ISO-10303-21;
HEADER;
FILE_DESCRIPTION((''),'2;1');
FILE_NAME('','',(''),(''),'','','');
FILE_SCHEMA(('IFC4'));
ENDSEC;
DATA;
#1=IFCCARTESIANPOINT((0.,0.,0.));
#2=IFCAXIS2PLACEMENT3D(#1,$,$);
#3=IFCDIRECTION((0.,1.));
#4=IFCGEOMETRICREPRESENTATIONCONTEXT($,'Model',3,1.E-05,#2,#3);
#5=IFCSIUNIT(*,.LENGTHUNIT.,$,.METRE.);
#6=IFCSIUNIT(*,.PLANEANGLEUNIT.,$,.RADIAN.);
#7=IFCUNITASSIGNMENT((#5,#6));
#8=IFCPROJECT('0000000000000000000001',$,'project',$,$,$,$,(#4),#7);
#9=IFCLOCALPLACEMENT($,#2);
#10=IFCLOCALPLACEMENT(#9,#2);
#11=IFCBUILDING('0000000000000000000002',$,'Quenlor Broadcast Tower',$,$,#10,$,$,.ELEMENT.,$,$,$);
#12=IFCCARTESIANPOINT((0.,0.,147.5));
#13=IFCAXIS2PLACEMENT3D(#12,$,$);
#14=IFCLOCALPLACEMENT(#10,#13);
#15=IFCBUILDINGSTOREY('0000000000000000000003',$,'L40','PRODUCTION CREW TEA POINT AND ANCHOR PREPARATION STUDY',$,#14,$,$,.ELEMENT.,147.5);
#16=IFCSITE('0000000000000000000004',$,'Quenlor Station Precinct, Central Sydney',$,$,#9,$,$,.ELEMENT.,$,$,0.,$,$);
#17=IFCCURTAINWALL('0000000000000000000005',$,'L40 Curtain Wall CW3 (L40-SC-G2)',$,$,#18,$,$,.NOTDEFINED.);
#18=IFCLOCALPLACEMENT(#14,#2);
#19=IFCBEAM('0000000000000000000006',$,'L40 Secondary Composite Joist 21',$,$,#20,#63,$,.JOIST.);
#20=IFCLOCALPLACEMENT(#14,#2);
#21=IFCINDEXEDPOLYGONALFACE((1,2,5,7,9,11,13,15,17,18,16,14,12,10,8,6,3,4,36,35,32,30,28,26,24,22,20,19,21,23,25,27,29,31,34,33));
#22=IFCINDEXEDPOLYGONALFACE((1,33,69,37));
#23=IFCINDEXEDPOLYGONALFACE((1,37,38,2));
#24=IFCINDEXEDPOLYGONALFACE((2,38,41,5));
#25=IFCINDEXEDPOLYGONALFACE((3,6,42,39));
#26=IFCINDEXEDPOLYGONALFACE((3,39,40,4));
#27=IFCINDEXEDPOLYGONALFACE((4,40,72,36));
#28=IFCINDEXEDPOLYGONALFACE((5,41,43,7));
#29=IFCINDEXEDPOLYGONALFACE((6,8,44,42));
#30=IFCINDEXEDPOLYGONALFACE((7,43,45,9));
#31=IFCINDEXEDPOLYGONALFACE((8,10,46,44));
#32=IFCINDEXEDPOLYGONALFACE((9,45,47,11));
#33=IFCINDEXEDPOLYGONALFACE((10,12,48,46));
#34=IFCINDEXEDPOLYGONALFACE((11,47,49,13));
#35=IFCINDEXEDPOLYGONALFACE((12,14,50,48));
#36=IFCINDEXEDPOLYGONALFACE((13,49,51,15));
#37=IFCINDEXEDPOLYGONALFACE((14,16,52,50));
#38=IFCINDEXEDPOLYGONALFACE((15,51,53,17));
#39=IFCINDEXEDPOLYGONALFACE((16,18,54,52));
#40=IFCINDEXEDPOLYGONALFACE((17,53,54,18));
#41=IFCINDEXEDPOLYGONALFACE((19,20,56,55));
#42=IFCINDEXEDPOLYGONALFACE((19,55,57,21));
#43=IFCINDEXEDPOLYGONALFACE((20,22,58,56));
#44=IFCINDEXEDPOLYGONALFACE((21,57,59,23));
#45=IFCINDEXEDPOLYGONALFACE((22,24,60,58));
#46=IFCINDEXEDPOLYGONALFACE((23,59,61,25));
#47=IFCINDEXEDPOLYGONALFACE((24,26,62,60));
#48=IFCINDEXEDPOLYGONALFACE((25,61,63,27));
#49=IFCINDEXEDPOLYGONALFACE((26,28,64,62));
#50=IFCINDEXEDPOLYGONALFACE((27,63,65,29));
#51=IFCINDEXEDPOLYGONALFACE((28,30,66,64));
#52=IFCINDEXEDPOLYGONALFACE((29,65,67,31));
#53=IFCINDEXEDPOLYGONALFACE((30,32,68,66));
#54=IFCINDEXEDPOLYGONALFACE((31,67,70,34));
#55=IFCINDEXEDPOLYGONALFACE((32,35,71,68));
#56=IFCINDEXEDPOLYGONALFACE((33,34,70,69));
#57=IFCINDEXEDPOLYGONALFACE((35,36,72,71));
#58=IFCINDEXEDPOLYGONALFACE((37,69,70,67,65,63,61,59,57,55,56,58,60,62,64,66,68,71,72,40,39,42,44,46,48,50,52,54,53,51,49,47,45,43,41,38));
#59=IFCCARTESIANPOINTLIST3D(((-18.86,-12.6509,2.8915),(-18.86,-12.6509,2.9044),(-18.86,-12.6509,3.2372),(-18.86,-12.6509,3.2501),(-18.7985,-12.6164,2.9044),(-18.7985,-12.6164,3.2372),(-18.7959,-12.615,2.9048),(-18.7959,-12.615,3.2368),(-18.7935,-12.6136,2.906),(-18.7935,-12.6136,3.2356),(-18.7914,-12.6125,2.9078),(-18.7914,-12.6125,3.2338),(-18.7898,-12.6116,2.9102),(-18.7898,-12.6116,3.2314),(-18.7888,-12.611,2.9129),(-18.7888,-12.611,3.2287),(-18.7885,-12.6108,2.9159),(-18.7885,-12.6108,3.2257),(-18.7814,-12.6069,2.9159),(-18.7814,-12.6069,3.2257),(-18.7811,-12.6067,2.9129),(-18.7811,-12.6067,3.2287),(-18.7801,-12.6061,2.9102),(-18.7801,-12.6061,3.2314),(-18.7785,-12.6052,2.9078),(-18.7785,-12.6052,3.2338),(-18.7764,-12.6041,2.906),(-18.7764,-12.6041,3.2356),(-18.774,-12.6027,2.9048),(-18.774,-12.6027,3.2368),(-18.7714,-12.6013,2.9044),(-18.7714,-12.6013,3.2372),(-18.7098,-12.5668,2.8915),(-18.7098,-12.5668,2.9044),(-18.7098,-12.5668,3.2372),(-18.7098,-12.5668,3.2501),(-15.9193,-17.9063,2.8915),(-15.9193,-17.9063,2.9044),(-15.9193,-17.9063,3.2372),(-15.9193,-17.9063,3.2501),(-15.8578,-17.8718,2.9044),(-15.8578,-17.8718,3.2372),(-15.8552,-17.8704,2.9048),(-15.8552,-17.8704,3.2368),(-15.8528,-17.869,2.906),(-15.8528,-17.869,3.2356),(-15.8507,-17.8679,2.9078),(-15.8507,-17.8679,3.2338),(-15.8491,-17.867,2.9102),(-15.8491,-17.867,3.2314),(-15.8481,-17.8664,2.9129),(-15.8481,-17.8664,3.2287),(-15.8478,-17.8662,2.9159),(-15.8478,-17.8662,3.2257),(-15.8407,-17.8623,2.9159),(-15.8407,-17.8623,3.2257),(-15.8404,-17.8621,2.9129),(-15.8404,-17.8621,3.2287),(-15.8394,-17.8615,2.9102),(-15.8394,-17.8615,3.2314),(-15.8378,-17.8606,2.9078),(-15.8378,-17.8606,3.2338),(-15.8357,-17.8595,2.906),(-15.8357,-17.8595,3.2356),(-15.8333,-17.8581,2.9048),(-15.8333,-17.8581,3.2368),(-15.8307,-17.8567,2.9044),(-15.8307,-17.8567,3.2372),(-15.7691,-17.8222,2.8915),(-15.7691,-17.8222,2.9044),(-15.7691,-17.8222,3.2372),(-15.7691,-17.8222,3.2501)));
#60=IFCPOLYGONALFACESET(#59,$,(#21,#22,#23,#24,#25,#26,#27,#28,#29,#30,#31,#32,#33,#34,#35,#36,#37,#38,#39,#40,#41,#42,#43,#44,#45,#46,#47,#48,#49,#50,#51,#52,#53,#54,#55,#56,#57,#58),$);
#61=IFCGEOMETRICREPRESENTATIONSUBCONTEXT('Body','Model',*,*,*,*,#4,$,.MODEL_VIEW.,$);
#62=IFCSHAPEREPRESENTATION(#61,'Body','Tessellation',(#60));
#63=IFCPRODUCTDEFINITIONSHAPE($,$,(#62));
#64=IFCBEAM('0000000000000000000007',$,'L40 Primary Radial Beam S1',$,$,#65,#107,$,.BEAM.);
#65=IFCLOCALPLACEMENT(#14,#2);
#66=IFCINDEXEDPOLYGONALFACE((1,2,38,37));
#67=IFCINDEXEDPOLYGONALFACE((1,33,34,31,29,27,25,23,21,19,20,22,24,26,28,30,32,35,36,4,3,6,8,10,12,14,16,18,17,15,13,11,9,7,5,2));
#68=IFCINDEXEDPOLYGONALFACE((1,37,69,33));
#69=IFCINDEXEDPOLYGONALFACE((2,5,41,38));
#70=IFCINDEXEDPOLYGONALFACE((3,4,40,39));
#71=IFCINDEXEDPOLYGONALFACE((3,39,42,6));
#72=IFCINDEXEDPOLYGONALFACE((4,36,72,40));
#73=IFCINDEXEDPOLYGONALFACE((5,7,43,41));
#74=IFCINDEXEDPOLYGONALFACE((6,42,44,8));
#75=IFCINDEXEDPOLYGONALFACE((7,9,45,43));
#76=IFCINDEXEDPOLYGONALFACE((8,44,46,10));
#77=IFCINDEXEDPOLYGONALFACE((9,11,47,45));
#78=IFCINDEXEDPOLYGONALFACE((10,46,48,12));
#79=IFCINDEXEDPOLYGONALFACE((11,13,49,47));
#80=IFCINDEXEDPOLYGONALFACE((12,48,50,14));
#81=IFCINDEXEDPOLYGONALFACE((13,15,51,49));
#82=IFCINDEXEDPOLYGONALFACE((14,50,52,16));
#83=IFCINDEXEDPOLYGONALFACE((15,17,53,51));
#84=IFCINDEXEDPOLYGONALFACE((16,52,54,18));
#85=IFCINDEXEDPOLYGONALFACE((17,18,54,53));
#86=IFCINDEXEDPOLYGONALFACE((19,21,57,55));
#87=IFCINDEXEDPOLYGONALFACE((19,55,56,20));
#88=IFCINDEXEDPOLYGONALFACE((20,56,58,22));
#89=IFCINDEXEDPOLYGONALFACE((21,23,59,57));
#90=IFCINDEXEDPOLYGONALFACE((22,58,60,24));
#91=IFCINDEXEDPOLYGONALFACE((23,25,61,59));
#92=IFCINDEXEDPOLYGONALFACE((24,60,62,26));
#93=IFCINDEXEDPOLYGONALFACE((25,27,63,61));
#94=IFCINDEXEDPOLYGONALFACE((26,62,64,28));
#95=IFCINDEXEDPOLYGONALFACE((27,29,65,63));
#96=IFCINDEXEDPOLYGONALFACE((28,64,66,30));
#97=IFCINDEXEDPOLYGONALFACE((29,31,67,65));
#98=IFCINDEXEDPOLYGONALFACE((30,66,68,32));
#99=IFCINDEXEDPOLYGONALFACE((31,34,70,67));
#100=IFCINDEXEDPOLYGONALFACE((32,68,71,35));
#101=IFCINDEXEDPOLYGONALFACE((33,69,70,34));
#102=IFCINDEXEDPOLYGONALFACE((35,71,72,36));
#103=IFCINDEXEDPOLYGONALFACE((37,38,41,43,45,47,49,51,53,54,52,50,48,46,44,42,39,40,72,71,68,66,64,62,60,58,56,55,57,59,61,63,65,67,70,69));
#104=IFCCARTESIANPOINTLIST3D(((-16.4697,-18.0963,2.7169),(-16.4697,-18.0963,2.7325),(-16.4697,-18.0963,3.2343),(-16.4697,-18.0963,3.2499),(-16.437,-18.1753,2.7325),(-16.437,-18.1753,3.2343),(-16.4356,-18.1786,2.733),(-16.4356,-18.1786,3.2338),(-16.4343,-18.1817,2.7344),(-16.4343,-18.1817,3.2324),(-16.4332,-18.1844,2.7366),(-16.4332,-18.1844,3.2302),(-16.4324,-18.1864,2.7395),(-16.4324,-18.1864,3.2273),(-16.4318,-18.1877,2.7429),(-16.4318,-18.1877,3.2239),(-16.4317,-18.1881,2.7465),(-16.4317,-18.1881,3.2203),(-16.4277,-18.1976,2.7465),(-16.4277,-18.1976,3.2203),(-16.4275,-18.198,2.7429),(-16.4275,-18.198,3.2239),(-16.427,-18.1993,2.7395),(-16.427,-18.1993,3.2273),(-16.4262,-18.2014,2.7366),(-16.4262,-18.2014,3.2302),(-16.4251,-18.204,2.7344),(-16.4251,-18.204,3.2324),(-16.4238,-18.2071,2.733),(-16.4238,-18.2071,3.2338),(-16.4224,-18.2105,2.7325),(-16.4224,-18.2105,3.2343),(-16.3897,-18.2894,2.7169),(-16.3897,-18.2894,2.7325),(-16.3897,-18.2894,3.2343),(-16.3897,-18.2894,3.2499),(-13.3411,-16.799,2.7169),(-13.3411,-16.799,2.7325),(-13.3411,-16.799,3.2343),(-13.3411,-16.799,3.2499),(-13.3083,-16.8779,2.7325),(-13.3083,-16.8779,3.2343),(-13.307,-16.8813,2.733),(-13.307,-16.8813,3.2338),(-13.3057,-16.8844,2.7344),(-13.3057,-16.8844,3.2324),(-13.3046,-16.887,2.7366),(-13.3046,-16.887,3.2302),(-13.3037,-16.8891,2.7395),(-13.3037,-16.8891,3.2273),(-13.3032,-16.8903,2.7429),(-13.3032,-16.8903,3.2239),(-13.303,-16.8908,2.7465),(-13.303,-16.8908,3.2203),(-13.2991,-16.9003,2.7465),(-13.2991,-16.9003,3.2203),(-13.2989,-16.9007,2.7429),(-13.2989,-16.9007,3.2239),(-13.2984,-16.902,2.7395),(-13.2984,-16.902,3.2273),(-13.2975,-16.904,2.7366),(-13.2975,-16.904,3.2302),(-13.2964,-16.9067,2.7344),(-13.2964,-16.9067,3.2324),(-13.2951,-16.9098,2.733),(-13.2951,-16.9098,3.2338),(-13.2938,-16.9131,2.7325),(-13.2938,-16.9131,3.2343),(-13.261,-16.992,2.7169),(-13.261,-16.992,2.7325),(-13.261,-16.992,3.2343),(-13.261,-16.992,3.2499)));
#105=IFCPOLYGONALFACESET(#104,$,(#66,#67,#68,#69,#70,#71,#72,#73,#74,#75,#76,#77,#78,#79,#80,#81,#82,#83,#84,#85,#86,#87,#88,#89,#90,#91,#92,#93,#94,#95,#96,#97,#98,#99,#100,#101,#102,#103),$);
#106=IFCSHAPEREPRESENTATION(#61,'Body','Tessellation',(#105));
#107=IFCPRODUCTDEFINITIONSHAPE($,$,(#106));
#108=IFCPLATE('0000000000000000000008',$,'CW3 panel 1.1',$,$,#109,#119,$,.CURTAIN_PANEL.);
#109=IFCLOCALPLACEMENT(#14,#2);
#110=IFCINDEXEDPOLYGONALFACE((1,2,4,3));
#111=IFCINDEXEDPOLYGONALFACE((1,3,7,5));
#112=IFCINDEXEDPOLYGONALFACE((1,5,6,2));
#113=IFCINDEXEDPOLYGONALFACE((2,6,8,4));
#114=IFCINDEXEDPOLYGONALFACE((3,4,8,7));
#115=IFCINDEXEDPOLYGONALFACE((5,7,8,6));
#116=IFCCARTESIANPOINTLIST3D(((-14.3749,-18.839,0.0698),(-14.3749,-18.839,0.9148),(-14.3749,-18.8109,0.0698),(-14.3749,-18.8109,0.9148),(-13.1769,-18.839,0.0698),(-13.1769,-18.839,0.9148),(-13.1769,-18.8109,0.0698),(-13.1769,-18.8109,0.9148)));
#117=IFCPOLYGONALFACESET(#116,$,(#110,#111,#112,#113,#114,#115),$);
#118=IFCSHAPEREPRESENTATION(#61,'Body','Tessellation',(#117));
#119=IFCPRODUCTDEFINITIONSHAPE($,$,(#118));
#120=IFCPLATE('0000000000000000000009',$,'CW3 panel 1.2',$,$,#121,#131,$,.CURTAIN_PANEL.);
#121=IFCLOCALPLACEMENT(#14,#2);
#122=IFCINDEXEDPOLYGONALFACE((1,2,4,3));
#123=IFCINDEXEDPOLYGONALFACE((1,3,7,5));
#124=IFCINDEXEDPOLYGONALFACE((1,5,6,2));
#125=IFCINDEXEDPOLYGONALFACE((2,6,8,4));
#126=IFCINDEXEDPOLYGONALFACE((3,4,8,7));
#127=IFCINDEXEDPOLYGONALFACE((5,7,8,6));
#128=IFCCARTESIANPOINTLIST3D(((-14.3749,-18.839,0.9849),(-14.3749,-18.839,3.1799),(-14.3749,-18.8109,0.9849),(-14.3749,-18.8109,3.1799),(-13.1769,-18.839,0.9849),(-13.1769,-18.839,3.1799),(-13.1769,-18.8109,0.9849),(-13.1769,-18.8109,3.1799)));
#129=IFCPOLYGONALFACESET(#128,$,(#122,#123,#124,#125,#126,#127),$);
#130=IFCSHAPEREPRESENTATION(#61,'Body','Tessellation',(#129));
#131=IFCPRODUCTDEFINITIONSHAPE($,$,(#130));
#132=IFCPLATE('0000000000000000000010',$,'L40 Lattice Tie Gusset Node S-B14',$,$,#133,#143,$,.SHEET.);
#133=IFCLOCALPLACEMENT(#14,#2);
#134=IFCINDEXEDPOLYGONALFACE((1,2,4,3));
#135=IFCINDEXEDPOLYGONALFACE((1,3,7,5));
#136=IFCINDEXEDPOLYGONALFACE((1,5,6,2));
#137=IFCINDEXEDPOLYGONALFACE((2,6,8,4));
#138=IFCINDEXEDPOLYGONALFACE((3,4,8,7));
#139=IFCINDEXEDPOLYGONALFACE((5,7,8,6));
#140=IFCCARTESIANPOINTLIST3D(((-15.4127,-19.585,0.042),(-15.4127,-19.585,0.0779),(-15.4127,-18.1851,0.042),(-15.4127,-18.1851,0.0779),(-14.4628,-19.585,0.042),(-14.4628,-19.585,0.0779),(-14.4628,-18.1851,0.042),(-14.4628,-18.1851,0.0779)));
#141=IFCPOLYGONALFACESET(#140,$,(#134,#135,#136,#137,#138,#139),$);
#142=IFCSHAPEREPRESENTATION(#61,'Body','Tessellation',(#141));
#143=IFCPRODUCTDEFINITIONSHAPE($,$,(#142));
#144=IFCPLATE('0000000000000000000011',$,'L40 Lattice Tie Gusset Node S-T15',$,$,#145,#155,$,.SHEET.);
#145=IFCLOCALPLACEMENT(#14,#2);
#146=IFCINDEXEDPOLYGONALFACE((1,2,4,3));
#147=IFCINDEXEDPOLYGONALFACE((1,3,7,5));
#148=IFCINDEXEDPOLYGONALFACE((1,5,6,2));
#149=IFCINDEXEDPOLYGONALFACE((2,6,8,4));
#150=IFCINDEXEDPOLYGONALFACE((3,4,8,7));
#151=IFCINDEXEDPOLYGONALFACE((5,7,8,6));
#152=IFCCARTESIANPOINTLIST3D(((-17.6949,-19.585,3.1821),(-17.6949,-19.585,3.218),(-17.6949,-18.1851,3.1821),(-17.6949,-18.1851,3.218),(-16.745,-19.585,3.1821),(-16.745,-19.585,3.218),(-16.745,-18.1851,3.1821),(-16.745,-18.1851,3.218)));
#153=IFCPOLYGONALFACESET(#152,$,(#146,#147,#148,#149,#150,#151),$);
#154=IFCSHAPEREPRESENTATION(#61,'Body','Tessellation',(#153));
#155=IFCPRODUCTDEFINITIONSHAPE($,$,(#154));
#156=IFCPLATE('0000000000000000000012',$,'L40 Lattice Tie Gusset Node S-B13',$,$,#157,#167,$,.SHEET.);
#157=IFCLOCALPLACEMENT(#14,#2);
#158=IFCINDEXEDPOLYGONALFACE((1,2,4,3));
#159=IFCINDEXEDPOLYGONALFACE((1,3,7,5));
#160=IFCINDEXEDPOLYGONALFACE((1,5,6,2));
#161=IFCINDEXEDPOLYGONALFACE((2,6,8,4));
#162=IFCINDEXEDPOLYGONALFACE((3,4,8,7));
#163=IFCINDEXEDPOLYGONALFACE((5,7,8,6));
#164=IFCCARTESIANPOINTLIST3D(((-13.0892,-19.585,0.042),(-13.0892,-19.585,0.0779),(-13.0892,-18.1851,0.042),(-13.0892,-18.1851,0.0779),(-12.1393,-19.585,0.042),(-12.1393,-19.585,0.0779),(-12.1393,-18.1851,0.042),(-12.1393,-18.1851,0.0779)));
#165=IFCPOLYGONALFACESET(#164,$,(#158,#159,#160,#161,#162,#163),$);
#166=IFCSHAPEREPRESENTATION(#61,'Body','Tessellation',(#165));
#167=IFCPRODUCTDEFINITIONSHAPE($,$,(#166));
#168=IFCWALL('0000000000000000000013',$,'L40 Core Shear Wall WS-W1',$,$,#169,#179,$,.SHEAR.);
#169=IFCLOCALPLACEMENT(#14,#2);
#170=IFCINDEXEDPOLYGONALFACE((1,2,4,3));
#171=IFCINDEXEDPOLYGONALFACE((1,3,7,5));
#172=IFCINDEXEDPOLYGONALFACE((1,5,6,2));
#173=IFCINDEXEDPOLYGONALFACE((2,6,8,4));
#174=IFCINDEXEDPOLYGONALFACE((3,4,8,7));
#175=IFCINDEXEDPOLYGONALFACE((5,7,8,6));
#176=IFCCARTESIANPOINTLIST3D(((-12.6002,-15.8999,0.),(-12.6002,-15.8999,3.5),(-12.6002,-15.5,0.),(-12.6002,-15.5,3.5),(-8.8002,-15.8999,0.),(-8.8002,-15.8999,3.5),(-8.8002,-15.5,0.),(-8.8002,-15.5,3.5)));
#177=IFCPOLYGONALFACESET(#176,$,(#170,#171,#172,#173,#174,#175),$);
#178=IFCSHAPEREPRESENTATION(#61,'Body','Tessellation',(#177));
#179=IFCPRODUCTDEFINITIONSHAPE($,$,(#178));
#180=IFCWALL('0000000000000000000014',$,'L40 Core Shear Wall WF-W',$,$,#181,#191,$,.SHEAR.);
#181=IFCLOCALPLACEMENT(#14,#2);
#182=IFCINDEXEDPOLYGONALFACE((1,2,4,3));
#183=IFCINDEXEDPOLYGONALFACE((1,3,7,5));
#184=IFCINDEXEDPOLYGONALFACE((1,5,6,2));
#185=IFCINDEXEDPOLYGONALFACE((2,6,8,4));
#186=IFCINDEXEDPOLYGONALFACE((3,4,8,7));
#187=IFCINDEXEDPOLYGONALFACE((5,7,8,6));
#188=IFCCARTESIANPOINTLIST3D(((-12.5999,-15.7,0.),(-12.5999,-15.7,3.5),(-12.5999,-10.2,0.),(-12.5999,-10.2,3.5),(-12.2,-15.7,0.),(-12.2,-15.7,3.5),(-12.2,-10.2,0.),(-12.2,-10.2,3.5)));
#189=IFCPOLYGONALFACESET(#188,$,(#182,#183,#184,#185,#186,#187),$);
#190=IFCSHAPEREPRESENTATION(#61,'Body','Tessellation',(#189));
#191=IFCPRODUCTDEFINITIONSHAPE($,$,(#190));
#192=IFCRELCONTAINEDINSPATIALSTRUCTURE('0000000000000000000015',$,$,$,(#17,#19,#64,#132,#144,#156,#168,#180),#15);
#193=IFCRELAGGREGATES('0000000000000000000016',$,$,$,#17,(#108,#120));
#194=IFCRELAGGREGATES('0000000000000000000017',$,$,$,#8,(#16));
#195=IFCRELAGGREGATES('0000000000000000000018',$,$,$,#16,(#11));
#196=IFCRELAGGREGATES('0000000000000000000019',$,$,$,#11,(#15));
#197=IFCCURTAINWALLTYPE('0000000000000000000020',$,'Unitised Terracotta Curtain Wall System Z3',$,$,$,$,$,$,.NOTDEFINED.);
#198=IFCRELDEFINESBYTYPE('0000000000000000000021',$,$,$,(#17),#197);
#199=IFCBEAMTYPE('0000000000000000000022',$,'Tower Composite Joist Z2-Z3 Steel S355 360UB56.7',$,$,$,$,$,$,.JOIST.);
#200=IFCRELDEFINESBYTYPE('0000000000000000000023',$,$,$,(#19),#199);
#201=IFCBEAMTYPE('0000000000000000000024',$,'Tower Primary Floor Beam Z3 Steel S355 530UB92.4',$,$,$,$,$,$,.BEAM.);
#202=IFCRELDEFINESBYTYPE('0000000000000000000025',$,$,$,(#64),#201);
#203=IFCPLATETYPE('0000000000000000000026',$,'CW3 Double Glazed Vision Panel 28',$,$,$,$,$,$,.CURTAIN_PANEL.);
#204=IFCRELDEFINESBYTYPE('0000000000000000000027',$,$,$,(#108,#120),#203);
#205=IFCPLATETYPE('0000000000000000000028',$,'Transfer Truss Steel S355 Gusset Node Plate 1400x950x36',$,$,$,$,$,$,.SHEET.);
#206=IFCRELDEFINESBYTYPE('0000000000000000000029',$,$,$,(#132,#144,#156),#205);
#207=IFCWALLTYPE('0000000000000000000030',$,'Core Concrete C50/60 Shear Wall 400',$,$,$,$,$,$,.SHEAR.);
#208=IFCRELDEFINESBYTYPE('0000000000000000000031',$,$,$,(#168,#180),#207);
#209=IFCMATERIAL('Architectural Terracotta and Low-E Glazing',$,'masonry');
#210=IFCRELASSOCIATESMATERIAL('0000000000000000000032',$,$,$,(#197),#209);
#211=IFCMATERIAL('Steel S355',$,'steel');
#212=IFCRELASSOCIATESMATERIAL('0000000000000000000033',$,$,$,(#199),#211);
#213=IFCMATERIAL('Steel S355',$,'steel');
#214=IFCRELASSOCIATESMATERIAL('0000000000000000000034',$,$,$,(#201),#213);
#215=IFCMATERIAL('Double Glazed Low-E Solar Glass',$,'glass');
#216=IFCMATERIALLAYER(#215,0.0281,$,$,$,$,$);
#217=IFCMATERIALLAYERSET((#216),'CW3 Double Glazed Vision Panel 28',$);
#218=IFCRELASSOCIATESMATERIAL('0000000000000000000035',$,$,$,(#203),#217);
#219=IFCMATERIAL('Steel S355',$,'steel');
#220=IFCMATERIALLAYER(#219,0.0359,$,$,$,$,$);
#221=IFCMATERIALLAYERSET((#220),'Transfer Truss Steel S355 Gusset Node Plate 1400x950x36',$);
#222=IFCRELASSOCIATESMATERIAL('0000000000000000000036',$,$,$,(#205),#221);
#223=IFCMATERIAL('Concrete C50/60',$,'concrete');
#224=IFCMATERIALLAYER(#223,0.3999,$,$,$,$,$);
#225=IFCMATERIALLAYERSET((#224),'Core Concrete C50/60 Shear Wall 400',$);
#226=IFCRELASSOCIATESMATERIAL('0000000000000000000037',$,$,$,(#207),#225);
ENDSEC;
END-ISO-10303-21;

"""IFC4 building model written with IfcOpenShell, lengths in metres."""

from ifc_helpers import new_model, si_unit, direction, frame, frame_2d, origin, origin_2d, place, context, subcontext, project, spatial, rectangle, i_section, extrude, material, layer, layer_set, material_profile, profile_set, type_object, element, aggregate, save


model = new_model("IFC4")

# Units and contexts
model_context = context("Model", 3, precision=1e-05, world=origin(), true_north=direction((0.0, 1.0)))
body_context = subcontext(model_context, "Body", "Model", "MODEL_VIEW")
ifc_project = project(units=[si_unit("LENGTHUNIT", "METRE"), si_unit("PLANEANGLEUNIT", "RADIAN")], contexts=[model_context])

# Site, building, storey
site_placement = place(None, origin())
site = spatial("IfcSite", under=ifc_project, at=site_placement, Name="Quenlor Station Precinct, Central Sydney", CompositionType="ELEMENT", RefElevation=0.0)
building_placement = place(site_placement, origin())
building = spatial("IfcBuilding", under=site, at=building_placement, Name="Quenlor Broadcast Tower", CompositionType="ELEMENT")
storey_placement = place(building_placement, frame((0.0, 0.0, 147.5)))
storey = spatial("IfcBuildingStorey", under=building, at=storey_placement, Name="L40", Description="PRODUCTION CREW TEA POINT AND ANCHOR PREPARATION STUDY", CompositionType="ELEMENT", Elevation=147.5)

# Curtain wall
ifc_material_1 = material(Name="Architectural Terracotta and Low-E Glazing", Category="masonry")
curtain_wall_type = type_object("IfcCurtainWallType", Name="Unitised Terracotta Curtain Wall System Z3", PredefinedType="NOTDEFINED", material=ifc_material_1)
curtain_wall_placement = place(storey_placement, origin())
curtain_wall = element("IfcCurtainWall", 1, at=curtain_wall_placement, inside=storey, type_object=curtain_wall_type, Name="L40 Curtain Wall CW3 (L40-SC-G2)", PredefinedType="NOTDEFINED")

# Beams
ifc_material_2 = material(Name="Steel S355", Category="steel")
ifc_material_profile_1 = material_profile(ifc_material_2, i_section(OverallWidth=0.1721, OverallDepth=0.3586, WebThickness=0.0081, FlangeThickness=0.0129, FilletRadius=0.0115, at=origin_2d()))
ifc_profile_set_1 = profile_set([ifc_material_profile_1], Name="Steel S355 360UB56.7")
beam_type_1 = type_object("IfcBeamType", Name="Tower Composite Joist Z2-Z3 Steel S355 360UB56.7", PredefinedType="JOIST", material=ifc_profile_set_1)
beam_1_placement = place(storey_placement, frame((-15.8442, -17.8643, 3.0708), z_axis=(-0.488308, 0.872671, 0.0), x_axis=(-0.872671, -0.488308, 0.0)))
element("IfcBeam", 2, at=beam_1_placement, inside=storey, type_object=beam_type_1, Name="L40 Secondary Composite Joist 21", PredefinedType="JOIST", context=body_context, shape_type="SweptSolid", body=[
    extrude(i_section(OverallWidth=0.1721, OverallDepth=0.3586, WebThickness=0.0081, FlangeThickness=0.0129, FilletRadius=0.0115, at=origin_2d()), origin(), (0.0, 0.0, 1.0), 6.0222),
])
ifc_material_3 = material(Name="Steel S355", Category="steel")
ifc_material_profile_2 = material_profile(ifc_material_3, i_section(OverallWidth=0.209, OverallDepth=0.533, WebThickness=0.0103, FlangeThickness=0.0156, FilletRadius=0.0139, at=origin_2d()))
ifc_profile_set_2 = profile_set([ifc_material_profile_2], Name="Steel S355 530UB92.4")
beam_type_2 = type_object("IfcBeamType", Name="Tower Primary Floor Beam Z3 Steel S355 530UB92.4", PredefinedType="BEAM", material=ifc_profile_set_2)
beam_2_placement = place(storey_placement, frame((-16.4297, -18.1929, 2.9834), z_axis=(0.92373, 0.383044, 0.0), x_axis=(-0.383044, 0.92373, 0.0)))
element("IfcBeam", 3, at=beam_2_placement, inside=storey, type_object=beam_type_2, Name="L40 Primary Radial Beam S1", PredefinedType="BEAM", context=body_context, shape_type="SweptSolid", body=[
    extrude(i_section(OverallWidth=0.209, OverallDepth=0.533, WebThickness=0.0103, FlangeThickness=0.0156, FilletRadius=0.0139, at=origin_2d()), origin(), (0.0, 0.0, 1.0), 3.387),
])

# Plates
ifc_material_4 = material(Name="Double Glazed Low-E Solar Glass", Category="glass")
ifc_layer_1 = layer(ifc_material_4, 0.0281)
ifc_layer_set_1 = layer_set([ifc_layer_1], Name="CW3 Double Glazed Vision Panel 28")
plate_type_1 = type_object("IfcPlateType", Name="CW3 Double Glazed Vision Panel 28", PredefinedType="CURTAIN_PANEL", material=ifc_layer_set_1)
plate_1_placement = place(storey_placement, frame((-13.7759, -18.825, 0.0698), z_axis=(0.0, 0.0, 1.0), x_axis=(-1.0, 0.0, 0.0)))
plate_1 = element("IfcPlate", 4, at=plate_1_placement, type_object=plate_type_1, Name="CW3 panel 1.1", PredefinedType="CURTAIN_PANEL", context=body_context, shape_type="SweptSolid", body=[
    extrude(rectangle(XDim=1.198, YDim=0.0281, at=origin_2d()), origin(), (0.0, 0.0, 1.0), 0.845),
])
plate_2_placement = place(storey_placement, frame((-13.7759, -18.825, 0.9849), z_axis=(0.0, 0.0, 1.0), x_axis=(-1.0, 0.0, 0.0)))
plate_2 = element("IfcPlate", 5, at=plate_2_placement, type_object=plate_type_1, Name="CW3 panel 1.2", PredefinedType="CURTAIN_PANEL", context=body_context, shape_type="SweptSolid", body=[
    extrude(rectangle(XDim=1.198, YDim=0.0281, at=origin_2d()), origin(), (0.0, 0.0, 1.0), 2.1951),
])
aggregate(curtain_wall, [plate_1, plate_2])

# Plates
ifc_material_5 = material(Name="Steel S355", Category="steel")
ifc_layer_2 = layer(ifc_material_5, 0.0359)
ifc_layer_set_2 = layer_set([ifc_layer_2], Name="Transfer Truss Steel S355 Gusset Node Plate 1400x950x36")
plate_type_2 = type_object("IfcPlateType", Name="Transfer Truss Steel S355 Gusset Node Plate 1400x950x36", PredefinedType="SHEET", material=ifc_layer_set_2)
for number, where, z_axis, x_axis, name in (
    (6, (-14.9377, -18.885, 0.042), (0.0, 0.0, 1.0), (0.0, -1.0, 0.0), "L40 Lattice Tie Gusset Node S-B14"),
    (7, (-17.22, -18.885, 3.1821), (0.0, 0.0, 1.0), (0.0, -1.0, 0.0), "L40 Lattice Tie Gusset Node S-T15"),
    (8, (-12.6143, -18.885, 0.042), (0.0, 0.0, 1.0), (0.0, -1.0, 0.0), "L40 Lattice Tie Gusset Node S-B13"),
):
    element("IfcPlate", number, at=place(storey_placement, frame(where, z_axis=z_axis, x_axis=x_axis)), inside=storey, type_object=plate_type_2, Name=name, PredefinedType="SHEET", context=body_context, shape_type="SweptSolid", body=[
        extrude(rectangle(XDim=1.3999, YDim=0.95, at=origin_2d()), origin(), (0.0, 0.0, 1.0), 0.0359),
    ])

# Walls
ifc_material_6 = material(Name="Concrete C50/60", Category="concrete")
ifc_layer_3 = layer(ifc_material_6, 0.3999)
ifc_layer_set_3 = layer_set([ifc_layer_3], Name="Core Concrete C50/60 Shear Wall 400")
wall_type_1 = type_object("IfcWallType", Name="Core Concrete C50/60 Shear Wall 400", PredefinedType="SHEAR", material=ifc_layer_set_3)
wall_1_placement = place(storey_placement, frame((-12.6001, -15.7, 0.0), z_axis=(0.0, 0.0, 1.0), x_axis=(1.0, 0.0, 0.0)))
element("IfcWall", 9, at=wall_1_placement, inside=storey, type_object=wall_type_1, Name="L40 Core Shear Wall WS-W1", PredefinedType="SHEAR", context=body_context, shape_type="SweptSolid", body=[
    extrude(rectangle(XDim=3.8, YDim=0.3999, at=frame_2d((1.8999, 0.0))), origin(), (0.0, 0.0, 1.0), 3.5),
])
wall_2_placement = place(storey_placement, frame((-12.3999, -15.7, 0.0), z_axis=(0.0, 0.0, 1.0), x_axis=(0.0, 1.0, 0.0)))
element("IfcWall", 10, at=wall_2_placement, inside=storey, type_object=wall_type_1, Name="L40 Core Shear Wall WF-W", PredefinedType="SHEAR", context=body_context, shape_type="SweptSolid", body=[
    extrude(rectangle(XDim=5.5, YDim=0.3999, at=frame_2d((2.75, 0.0))), origin(), (0.0, 0.0, 1.0), 3.5),
])

save(model, "model.ifc")
